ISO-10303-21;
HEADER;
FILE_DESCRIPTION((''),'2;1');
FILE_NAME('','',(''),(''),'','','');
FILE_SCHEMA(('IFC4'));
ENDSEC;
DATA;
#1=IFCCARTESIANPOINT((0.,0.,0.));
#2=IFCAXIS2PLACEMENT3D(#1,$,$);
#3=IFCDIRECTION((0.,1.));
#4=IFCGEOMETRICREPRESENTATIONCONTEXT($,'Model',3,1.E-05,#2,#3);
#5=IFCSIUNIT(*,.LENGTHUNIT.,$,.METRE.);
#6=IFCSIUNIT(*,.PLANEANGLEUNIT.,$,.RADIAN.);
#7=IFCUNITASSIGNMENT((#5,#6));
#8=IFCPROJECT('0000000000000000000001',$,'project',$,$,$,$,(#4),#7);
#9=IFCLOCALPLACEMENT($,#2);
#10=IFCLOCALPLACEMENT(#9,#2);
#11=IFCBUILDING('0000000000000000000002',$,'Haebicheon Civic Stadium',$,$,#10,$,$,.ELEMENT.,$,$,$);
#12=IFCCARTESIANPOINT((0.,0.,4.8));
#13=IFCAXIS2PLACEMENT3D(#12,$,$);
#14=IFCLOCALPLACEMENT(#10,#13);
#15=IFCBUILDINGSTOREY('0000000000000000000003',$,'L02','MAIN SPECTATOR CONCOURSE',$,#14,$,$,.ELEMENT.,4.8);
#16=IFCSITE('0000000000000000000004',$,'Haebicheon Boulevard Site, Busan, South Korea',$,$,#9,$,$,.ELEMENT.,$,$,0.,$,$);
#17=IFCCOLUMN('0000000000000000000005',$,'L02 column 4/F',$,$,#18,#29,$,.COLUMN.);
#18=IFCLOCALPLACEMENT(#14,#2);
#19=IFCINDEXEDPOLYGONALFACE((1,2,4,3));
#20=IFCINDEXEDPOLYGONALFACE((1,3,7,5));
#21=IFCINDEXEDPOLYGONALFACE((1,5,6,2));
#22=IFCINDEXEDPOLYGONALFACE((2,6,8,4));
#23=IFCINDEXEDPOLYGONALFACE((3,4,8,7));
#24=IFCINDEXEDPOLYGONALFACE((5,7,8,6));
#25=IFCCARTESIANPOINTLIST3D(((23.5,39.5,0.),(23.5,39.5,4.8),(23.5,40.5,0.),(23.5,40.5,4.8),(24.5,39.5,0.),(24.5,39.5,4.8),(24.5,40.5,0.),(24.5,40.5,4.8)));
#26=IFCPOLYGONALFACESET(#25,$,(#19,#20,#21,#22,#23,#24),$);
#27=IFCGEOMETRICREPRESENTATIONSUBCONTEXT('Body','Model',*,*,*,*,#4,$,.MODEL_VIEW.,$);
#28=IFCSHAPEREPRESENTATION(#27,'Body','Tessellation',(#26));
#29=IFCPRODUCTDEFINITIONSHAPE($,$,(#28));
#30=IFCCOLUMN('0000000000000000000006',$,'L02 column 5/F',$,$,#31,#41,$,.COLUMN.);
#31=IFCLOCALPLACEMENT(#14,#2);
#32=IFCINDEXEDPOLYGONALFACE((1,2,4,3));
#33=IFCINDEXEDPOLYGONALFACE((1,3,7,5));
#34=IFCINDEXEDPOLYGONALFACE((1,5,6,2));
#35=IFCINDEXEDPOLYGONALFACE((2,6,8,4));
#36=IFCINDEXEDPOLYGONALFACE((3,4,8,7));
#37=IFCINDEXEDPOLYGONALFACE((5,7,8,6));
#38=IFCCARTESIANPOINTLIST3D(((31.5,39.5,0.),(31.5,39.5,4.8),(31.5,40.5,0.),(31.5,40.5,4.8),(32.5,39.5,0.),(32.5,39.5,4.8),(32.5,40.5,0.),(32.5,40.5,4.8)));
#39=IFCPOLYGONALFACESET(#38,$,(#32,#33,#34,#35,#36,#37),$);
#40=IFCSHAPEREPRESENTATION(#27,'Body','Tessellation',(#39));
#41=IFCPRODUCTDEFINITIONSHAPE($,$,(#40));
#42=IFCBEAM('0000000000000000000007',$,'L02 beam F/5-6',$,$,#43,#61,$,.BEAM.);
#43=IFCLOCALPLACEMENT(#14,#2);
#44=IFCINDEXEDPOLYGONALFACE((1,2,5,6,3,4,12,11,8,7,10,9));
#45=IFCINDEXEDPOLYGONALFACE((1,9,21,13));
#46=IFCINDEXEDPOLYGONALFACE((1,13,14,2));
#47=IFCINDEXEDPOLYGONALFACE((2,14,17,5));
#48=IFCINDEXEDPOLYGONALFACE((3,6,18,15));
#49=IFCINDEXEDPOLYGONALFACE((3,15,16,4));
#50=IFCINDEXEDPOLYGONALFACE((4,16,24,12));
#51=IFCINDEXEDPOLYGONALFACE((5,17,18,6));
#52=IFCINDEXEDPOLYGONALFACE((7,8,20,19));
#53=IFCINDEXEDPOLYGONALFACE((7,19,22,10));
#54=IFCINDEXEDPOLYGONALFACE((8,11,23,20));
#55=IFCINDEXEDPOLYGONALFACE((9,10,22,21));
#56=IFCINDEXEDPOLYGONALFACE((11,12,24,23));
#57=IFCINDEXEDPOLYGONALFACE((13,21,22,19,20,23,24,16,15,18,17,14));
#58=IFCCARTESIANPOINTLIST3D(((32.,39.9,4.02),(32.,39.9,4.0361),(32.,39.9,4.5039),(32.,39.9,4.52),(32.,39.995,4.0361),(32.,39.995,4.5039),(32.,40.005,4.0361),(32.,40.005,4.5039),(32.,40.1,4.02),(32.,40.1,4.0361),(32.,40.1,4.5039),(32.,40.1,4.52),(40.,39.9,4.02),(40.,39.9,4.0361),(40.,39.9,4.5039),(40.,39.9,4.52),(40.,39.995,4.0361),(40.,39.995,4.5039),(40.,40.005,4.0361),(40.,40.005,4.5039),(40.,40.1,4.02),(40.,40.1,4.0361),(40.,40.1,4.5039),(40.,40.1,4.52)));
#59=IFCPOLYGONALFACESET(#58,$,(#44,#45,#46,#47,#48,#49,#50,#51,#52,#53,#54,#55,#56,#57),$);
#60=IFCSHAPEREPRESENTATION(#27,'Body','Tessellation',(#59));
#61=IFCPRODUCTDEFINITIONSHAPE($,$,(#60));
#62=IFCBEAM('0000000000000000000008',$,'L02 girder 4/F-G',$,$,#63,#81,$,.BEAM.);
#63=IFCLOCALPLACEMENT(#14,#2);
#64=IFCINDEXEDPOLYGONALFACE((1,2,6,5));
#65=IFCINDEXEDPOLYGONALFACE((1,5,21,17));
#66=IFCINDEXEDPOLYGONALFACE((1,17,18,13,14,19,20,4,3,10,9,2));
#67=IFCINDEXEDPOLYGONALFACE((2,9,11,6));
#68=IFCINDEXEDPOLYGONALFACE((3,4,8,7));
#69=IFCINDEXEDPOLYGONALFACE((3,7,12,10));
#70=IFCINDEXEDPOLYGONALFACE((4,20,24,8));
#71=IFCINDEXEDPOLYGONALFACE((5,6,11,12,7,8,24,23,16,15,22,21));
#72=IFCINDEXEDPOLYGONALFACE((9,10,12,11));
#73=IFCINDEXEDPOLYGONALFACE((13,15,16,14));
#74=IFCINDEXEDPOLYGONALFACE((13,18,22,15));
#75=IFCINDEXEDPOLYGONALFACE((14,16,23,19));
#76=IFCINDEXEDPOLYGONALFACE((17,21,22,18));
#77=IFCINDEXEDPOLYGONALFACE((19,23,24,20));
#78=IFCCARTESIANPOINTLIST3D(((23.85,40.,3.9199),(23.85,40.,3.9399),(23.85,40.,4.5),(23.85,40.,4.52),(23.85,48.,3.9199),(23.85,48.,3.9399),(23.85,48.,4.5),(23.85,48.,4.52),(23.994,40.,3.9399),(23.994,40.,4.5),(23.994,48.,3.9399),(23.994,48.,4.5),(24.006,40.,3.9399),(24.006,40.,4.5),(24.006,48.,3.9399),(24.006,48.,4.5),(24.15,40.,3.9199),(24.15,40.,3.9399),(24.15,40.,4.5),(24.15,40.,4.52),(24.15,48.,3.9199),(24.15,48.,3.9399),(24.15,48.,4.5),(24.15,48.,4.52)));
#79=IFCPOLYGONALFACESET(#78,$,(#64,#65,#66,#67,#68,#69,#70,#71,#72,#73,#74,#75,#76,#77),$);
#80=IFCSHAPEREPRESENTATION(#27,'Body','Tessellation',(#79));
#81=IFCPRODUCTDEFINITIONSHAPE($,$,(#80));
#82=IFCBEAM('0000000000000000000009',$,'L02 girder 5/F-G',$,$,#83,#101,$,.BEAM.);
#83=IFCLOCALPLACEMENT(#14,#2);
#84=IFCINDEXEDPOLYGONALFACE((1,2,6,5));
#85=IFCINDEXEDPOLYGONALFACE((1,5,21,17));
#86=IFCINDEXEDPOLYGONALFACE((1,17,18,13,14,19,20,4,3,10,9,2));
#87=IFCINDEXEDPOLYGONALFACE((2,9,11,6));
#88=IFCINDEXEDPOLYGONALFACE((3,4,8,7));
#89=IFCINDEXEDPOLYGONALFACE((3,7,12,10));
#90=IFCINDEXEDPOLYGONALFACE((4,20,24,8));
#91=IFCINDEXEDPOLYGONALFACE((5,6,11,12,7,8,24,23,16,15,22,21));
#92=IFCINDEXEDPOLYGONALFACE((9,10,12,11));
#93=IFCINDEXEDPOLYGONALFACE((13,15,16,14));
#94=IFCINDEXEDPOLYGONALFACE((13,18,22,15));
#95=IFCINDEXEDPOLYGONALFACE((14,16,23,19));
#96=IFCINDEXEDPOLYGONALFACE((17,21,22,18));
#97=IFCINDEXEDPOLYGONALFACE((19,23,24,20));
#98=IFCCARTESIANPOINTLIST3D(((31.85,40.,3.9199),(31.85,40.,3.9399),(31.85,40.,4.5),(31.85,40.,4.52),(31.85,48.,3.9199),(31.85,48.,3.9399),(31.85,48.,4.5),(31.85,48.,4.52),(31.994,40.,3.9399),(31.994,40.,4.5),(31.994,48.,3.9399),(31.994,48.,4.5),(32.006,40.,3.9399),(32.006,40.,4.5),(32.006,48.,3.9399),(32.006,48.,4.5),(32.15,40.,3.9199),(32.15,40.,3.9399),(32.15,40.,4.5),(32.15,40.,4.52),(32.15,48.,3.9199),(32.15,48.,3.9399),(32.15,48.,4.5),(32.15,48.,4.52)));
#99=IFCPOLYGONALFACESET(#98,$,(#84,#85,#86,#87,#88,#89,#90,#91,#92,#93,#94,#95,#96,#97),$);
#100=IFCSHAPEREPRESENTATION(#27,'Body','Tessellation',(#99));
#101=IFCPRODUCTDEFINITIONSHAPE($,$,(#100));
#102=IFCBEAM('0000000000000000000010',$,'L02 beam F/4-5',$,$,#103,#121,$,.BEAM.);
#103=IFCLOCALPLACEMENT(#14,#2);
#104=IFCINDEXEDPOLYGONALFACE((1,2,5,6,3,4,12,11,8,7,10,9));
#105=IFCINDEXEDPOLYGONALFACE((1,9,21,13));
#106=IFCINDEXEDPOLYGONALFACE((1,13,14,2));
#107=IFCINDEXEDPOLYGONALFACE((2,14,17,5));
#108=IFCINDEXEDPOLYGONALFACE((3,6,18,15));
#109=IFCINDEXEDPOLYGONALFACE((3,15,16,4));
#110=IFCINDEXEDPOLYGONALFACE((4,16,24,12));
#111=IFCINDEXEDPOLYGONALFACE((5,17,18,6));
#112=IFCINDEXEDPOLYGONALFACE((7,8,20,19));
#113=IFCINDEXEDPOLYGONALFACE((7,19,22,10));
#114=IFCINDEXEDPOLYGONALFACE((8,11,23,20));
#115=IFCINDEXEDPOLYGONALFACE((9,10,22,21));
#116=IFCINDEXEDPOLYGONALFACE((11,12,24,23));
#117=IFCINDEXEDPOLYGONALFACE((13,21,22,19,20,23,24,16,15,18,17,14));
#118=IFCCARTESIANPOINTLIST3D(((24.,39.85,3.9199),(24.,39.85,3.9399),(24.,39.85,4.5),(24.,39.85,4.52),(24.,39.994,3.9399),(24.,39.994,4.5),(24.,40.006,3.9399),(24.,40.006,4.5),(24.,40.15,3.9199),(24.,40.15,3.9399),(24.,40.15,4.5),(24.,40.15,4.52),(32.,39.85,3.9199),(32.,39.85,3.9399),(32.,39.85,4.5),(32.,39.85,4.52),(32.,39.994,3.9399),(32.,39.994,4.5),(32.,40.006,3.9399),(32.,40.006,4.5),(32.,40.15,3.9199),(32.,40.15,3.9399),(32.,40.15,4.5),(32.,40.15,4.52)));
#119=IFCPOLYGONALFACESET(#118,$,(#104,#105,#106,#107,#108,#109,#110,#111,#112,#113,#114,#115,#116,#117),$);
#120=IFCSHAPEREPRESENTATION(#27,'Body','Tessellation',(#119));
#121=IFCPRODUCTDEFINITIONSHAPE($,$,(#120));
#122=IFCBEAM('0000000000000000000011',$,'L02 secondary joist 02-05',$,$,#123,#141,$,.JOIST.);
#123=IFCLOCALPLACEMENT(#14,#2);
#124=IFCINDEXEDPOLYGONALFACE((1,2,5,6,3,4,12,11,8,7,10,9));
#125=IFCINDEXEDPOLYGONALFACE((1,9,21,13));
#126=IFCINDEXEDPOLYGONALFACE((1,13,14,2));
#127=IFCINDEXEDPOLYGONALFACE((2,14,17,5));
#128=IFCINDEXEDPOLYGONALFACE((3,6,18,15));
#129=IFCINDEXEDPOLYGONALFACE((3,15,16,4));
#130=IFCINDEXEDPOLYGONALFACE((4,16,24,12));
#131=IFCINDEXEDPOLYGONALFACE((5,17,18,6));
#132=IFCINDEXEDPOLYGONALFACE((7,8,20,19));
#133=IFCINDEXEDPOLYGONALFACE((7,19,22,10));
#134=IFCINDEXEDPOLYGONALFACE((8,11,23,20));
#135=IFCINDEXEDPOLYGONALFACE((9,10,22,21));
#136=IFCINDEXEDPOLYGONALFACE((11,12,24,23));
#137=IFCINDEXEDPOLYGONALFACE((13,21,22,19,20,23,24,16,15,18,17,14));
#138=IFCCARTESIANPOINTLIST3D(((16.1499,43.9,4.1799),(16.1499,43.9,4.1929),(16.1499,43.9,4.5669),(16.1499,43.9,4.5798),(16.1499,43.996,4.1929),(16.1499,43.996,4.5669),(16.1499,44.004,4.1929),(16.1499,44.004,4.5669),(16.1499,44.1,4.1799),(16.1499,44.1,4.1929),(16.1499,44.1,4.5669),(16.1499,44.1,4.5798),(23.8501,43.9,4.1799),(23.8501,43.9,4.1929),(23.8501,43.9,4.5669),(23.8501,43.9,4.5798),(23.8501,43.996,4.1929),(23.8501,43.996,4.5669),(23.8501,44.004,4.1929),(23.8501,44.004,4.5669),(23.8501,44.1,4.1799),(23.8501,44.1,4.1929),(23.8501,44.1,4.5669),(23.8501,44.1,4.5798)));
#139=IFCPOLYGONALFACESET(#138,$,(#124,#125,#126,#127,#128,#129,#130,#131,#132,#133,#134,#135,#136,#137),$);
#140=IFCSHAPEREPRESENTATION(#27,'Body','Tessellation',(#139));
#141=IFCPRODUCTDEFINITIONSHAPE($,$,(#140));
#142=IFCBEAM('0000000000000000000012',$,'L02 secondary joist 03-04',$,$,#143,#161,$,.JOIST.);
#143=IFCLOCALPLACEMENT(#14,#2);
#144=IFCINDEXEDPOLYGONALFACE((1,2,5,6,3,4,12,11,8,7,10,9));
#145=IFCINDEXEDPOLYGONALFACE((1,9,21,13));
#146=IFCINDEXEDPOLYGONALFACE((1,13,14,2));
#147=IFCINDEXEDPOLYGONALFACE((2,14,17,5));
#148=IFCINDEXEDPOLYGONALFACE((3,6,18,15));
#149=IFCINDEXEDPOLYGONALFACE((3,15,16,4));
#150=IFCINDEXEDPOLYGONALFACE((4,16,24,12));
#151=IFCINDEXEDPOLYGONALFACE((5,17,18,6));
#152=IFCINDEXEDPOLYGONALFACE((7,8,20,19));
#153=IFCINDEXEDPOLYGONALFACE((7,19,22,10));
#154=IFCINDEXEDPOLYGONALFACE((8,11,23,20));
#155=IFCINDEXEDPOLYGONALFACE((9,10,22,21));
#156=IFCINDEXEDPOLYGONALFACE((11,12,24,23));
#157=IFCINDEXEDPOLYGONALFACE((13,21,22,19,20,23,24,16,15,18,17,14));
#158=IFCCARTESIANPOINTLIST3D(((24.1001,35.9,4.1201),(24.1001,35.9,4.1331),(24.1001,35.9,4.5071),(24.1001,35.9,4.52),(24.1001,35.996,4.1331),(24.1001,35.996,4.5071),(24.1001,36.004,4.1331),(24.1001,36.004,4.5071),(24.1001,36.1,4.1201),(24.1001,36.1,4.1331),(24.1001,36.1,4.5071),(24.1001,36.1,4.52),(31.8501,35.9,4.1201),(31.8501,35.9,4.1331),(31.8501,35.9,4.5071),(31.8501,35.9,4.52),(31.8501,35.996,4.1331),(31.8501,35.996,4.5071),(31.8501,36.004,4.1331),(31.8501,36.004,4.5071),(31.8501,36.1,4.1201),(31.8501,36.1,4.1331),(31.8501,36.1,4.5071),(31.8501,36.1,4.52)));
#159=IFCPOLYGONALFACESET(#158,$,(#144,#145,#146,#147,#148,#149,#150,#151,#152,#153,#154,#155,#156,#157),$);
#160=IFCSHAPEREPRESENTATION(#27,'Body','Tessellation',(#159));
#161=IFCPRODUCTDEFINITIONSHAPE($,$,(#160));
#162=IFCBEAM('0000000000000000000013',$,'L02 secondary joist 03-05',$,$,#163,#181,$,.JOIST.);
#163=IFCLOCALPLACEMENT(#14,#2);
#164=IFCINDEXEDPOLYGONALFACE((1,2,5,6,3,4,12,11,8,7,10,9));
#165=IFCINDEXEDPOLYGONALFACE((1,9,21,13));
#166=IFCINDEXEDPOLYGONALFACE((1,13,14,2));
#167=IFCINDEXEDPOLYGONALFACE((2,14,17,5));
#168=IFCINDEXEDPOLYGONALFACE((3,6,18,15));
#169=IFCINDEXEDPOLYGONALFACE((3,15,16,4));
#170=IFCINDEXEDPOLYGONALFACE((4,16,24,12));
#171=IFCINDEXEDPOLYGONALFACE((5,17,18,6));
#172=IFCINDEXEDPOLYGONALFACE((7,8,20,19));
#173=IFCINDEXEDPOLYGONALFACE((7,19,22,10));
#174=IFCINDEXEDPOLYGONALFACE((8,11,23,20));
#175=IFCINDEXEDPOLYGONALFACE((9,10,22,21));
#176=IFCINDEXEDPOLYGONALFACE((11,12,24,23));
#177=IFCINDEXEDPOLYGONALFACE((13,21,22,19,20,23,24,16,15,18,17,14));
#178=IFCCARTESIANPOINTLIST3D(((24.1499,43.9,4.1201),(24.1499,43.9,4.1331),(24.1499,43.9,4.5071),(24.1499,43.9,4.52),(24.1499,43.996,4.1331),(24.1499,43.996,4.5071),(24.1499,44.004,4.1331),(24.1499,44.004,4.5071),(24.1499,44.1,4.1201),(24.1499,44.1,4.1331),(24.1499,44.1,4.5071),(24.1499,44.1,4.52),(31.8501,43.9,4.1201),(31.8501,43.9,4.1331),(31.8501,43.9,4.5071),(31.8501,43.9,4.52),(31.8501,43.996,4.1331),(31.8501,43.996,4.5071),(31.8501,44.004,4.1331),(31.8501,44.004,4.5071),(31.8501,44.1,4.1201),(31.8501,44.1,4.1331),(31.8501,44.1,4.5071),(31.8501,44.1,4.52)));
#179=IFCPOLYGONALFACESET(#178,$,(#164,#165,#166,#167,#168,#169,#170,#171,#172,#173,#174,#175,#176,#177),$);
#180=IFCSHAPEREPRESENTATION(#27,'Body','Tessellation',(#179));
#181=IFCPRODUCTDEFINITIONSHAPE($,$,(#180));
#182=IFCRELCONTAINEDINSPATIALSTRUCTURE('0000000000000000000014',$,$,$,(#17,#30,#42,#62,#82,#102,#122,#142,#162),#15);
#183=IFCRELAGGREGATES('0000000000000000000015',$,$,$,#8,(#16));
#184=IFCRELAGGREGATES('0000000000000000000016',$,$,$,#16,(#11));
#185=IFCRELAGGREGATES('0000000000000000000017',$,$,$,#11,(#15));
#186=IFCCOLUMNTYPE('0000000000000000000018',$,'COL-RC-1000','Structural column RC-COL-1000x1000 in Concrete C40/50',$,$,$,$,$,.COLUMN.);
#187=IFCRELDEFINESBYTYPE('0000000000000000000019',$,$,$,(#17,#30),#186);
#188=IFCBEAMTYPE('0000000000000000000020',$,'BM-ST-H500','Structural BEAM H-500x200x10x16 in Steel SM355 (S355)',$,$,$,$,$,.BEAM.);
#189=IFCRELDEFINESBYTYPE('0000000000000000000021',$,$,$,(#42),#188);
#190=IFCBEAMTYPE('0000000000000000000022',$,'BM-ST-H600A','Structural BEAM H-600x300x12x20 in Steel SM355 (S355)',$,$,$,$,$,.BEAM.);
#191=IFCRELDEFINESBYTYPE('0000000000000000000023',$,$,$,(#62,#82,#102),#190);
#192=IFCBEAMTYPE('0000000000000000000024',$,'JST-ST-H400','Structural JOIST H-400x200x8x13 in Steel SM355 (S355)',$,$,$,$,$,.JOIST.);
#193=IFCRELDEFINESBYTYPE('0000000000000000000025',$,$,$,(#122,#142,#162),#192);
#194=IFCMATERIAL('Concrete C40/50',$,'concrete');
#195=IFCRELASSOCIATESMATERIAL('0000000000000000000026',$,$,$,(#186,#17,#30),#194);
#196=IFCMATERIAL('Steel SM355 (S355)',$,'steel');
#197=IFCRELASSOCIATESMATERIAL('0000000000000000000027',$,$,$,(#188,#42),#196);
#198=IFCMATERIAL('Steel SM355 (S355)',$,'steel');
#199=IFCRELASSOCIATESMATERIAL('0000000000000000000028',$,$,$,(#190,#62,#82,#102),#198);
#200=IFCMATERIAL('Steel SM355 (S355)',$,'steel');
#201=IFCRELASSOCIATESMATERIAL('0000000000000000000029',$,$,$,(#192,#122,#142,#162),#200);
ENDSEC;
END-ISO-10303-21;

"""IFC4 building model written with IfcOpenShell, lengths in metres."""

from ifc_helpers import new_model, si_unit, direction, frame, origin, origin_2d, place, context, subcontext, project, spatial, rectangle, i_section, extrude, material, material_profile, profile_set, type_object, element, save


model = new_model("IFC4")

# Units and contexts
model_context = context("Model", 3, precision=1e-05, world=origin(), true_north=direction((0.0, 1.0)))
body_context = subcontext(model_context, "Body", "Model", "MODEL_VIEW")
ifc_project = project(units=[si_unit("LENGTHUNIT", "METRE"), si_unit("PLANEANGLEUNIT", "RADIAN")], contexts=[model_context])

# Site, building, storey
site_placement = place(None, origin())
site = spatial("IfcSite", under=ifc_project, at=site_placement, Name="Haebicheon Boulevard Site, Busan, South Korea", CompositionType="ELEMENT", RefElevation=0.0)
building_placement = place(site_placement, origin())
building = spatial("IfcBuilding", under=site, at=building_placement, Name="Haebicheon Civic Stadium", CompositionType="ELEMENT")
storey_placement = place(building_placement, frame((0.0, 0.0, 4.8)))
storey = spatial("IfcBuildingStorey", under=building, at=storey_placement, Name="L02", Description="MAIN SPECTATOR CONCOURSE", CompositionType="ELEMENT", Elevation=4.8)

# Columns
ifc_material_1 = material(Name="Concrete C40/50", Category="concrete")
ifc_material_profile_1 = material_profile(ifc_material_1, rectangle(XDim=1.0, YDim=1.0, at=origin_2d()), Name="RC-COL-1000x1000")
ifc_profile_set_1 = profile_set([ifc_material_profile_1], Name="Concrete C40/50")
column_type = type_object("IfcColumnType", Name="COL-RC-1000", Description="Structural column RC-COL-1000x1000 in Concrete C40/50", PredefinedType="COLUMN", material=ifc_profile_set_1)
for number, where, z_axis, x_axis, name in (
    (1, (24.0, 40.0, 0.0), (0.0, 0.0, 1.0), (1.0, 0.0, 0.0), "L02 column 4/F"),
    (2, (32.0, 40.0, 0.0), (0.0, 0.0, 1.0), (1.0, 0.0, 0.0), "L02 column 5/F"),
):
    element("IfcColumn", number, at=place(storey_placement, frame(where, z_axis=z_axis, x_axis=x_axis)), inside=storey, type_object=column_type, material=ifc_profile_set_1, Name=name, PredefinedType="COLUMN", context=body_context, shape_type="SweptSolid", body=[
        extrude(rectangle(XDim=1.0, YDim=1.0, at=origin_2d()), origin(), (0.0, 0.0, 1.0), 4.8),
    ])

# Beams
ifc_material_2 = material(Name="Steel SM355 (S355)", Category="steel")
ifc_material_profile_2 = material_profile(ifc_material_2, i_section(OverallWidth=0.2, OverallDepth=0.5, WebThickness=0.01, FlangeThickness=0.0161, at=origin_2d()), Name="H-500x200x10x16")
ifc_profile_set_2 = profile_set([ifc_material_profile_2], Name="Steel SM355 (S355)")
beam_type_1 = type_object("IfcBeamType", Name="BM-ST-H500", Description="Structural BEAM H-500x200x10x16 in Steel SM355 (S355)", PredefinedType="BEAM", material=ifc_profile_set_2)
beam_1_placement = place(storey_placement, frame((32.0, 40.0, 4.27), z_axis=(1.0, 0.0, 0.0), x_axis=(0.0, 1.0, 0.0)))
element("IfcBeam", 3, at=beam_1_placement, inside=storey, type_object=beam_type_1, material=ifc_profile_set_2, Name="L02 beam F/5-6", PredefinedType="BEAM", context=body_context, shape_type="SweptSolid", body=[
    extrude(i_section(OverallWidth=0.2, OverallDepth=0.5, WebThickness=0.01, FlangeThickness=0.0161, at=origin_2d()), origin(), (0.0, 0.0, 1.0), 8.0),
])
ifc_material_3 = material(Name="Steel SM355 (S355)", Category="steel")
ifc_material_profile_3 = material_profile(ifc_material_3, i_section(OverallWidth=0.3, OverallDepth=0.6001, WebThickness=0.012, FlangeThickness=0.02, at=origin_2d()), Name="H-600x300x12x20")
ifc_profile_set_3 = profile_set([ifc_material_profile_3], Name="Steel SM355 (S355)")
beam_type_2 = type_object("IfcBeamType", Name="BM-ST-H600A", Description="Structural BEAM H-600x300x12x20 in Steel SM355 (S355)", PredefinedType="BEAM", material=ifc_profile_set_3)
for number, where, z_axis, x_axis, name in (
    (4, (24.0, 40.0, 4.22), (0.0, 1.0, 0.0), (-1.0, 0.0, 0.0), "L02 girder 4/F-G"),
    (5, (32.0, 40.0, 4.22), (0.0, 1.0, 0.0), (-1.0, 0.0, 0.0), "L02 girder 5/F-G"),
    (6, (24.0, 40.0, 4.22), (1.0, 0.0, 0.0), (0.0, 1.0, 0.0), "L02 beam F/4-5"),
):
    element("IfcBeam", number, at=place(storey_placement, frame(where, z_axis=z_axis, x_axis=x_axis)), inside=storey, type_object=beam_type_2, material=ifc_profile_set_3, Name=name, PredefinedType="BEAM", context=body_context, shape_type="SweptSolid", body=[
        extrude(i_section(OverallWidth=0.3, OverallDepth=0.6001, WebThickness=0.012, FlangeThickness=0.02, at=origin_2d()), origin(), (0.0, 0.0, 1.0), 8.0),
    ])
ifc_material_4 = material(Name="Steel SM355 (S355)", Category="steel")
ifc_material_profile_4 = material_profile(ifc_material_4, i_section(OverallWidth=0.2, OverallDepth=0.3999, WebThickness=0.0081, FlangeThickness=0.0129, at=origin_2d()), Name="H-400x200x8x13")
ifc_profile_set_4 = profile_set([ifc_material_profile_4], Name="Steel SM355 (S355)")
beam_type_3 = type_object("IfcBeamType", Name="JST-ST-H400", Description="Structural JOIST H-400x200x8x13 in Steel SM355 (S355)", PredefinedType="JOIST", material=ifc_profile_set_4)
beam_2_placement = place(storey_placement, frame((16.1499, 44.0, 4.3799), z_axis=(1.0, 0.0, 0.0), x_axis=(0.0, 1.0, 0.0)))
element("IfcBeam", 7, at=beam_2_placement, inside=storey, type_object=beam_type_3, material=ifc_profile_set_4, Name="L02 secondary joist 02-05", PredefinedType="JOIST", context=body_context, shape_type="SweptSolid", body=[
    extrude(i_section(OverallWidth=0.2, OverallDepth=0.3999, WebThickness=0.0081, FlangeThickness=0.0129, at=origin_2d()), origin(), (0.0, 0.0, 1.0), 7.7002),
])
beam_3_placement = place(storey_placement, frame((24.1001, 36.0, 4.3201), z_axis=(1.0, 0.0, 0.0), x_axis=(0.0, 1.0, 0.0)))
element("IfcBeam", 8, at=beam_3_placement, inside=storey, type_object=beam_type_3, material=ifc_profile_set_4, Name="L02 secondary joist 03-04", PredefinedType="JOIST", context=body_context, shape_type="SweptSolid", body=[
    extrude(i_section(OverallWidth=0.2, OverallDepth=0.3999, WebThickness=0.0081, FlangeThickness=0.0129, at=origin_2d()), origin(), (0.0, 0.0, 1.0), 7.75),
])
for number, where, z_axis, x_axis, name in (
    (9, (24.1499, 44.0, 4.3201), (1.0, 0.0, 0.0), (0.0, 1.0, 0.0), "L02 secondary joist 03-05"),
):
    element("IfcBeam", number, at=place(storey_placement, frame(where, z_axis=z_axis, x_axis=x_axis)), inside=storey, type_object=beam_type_3, material=ifc_profile_set_4, Name=name, PredefinedType="JOIST", context=body_context, shape_type="SweptSolid", body=[
        extrude(i_section(OverallWidth=0.2, OverallDepth=0.3999, WebThickness=0.0081, FlangeThickness=0.0129, at=origin_2d()), origin(), (0.0, 0.0, 1.0), 7.7002),
    ])

save(model, "model.ifc")
